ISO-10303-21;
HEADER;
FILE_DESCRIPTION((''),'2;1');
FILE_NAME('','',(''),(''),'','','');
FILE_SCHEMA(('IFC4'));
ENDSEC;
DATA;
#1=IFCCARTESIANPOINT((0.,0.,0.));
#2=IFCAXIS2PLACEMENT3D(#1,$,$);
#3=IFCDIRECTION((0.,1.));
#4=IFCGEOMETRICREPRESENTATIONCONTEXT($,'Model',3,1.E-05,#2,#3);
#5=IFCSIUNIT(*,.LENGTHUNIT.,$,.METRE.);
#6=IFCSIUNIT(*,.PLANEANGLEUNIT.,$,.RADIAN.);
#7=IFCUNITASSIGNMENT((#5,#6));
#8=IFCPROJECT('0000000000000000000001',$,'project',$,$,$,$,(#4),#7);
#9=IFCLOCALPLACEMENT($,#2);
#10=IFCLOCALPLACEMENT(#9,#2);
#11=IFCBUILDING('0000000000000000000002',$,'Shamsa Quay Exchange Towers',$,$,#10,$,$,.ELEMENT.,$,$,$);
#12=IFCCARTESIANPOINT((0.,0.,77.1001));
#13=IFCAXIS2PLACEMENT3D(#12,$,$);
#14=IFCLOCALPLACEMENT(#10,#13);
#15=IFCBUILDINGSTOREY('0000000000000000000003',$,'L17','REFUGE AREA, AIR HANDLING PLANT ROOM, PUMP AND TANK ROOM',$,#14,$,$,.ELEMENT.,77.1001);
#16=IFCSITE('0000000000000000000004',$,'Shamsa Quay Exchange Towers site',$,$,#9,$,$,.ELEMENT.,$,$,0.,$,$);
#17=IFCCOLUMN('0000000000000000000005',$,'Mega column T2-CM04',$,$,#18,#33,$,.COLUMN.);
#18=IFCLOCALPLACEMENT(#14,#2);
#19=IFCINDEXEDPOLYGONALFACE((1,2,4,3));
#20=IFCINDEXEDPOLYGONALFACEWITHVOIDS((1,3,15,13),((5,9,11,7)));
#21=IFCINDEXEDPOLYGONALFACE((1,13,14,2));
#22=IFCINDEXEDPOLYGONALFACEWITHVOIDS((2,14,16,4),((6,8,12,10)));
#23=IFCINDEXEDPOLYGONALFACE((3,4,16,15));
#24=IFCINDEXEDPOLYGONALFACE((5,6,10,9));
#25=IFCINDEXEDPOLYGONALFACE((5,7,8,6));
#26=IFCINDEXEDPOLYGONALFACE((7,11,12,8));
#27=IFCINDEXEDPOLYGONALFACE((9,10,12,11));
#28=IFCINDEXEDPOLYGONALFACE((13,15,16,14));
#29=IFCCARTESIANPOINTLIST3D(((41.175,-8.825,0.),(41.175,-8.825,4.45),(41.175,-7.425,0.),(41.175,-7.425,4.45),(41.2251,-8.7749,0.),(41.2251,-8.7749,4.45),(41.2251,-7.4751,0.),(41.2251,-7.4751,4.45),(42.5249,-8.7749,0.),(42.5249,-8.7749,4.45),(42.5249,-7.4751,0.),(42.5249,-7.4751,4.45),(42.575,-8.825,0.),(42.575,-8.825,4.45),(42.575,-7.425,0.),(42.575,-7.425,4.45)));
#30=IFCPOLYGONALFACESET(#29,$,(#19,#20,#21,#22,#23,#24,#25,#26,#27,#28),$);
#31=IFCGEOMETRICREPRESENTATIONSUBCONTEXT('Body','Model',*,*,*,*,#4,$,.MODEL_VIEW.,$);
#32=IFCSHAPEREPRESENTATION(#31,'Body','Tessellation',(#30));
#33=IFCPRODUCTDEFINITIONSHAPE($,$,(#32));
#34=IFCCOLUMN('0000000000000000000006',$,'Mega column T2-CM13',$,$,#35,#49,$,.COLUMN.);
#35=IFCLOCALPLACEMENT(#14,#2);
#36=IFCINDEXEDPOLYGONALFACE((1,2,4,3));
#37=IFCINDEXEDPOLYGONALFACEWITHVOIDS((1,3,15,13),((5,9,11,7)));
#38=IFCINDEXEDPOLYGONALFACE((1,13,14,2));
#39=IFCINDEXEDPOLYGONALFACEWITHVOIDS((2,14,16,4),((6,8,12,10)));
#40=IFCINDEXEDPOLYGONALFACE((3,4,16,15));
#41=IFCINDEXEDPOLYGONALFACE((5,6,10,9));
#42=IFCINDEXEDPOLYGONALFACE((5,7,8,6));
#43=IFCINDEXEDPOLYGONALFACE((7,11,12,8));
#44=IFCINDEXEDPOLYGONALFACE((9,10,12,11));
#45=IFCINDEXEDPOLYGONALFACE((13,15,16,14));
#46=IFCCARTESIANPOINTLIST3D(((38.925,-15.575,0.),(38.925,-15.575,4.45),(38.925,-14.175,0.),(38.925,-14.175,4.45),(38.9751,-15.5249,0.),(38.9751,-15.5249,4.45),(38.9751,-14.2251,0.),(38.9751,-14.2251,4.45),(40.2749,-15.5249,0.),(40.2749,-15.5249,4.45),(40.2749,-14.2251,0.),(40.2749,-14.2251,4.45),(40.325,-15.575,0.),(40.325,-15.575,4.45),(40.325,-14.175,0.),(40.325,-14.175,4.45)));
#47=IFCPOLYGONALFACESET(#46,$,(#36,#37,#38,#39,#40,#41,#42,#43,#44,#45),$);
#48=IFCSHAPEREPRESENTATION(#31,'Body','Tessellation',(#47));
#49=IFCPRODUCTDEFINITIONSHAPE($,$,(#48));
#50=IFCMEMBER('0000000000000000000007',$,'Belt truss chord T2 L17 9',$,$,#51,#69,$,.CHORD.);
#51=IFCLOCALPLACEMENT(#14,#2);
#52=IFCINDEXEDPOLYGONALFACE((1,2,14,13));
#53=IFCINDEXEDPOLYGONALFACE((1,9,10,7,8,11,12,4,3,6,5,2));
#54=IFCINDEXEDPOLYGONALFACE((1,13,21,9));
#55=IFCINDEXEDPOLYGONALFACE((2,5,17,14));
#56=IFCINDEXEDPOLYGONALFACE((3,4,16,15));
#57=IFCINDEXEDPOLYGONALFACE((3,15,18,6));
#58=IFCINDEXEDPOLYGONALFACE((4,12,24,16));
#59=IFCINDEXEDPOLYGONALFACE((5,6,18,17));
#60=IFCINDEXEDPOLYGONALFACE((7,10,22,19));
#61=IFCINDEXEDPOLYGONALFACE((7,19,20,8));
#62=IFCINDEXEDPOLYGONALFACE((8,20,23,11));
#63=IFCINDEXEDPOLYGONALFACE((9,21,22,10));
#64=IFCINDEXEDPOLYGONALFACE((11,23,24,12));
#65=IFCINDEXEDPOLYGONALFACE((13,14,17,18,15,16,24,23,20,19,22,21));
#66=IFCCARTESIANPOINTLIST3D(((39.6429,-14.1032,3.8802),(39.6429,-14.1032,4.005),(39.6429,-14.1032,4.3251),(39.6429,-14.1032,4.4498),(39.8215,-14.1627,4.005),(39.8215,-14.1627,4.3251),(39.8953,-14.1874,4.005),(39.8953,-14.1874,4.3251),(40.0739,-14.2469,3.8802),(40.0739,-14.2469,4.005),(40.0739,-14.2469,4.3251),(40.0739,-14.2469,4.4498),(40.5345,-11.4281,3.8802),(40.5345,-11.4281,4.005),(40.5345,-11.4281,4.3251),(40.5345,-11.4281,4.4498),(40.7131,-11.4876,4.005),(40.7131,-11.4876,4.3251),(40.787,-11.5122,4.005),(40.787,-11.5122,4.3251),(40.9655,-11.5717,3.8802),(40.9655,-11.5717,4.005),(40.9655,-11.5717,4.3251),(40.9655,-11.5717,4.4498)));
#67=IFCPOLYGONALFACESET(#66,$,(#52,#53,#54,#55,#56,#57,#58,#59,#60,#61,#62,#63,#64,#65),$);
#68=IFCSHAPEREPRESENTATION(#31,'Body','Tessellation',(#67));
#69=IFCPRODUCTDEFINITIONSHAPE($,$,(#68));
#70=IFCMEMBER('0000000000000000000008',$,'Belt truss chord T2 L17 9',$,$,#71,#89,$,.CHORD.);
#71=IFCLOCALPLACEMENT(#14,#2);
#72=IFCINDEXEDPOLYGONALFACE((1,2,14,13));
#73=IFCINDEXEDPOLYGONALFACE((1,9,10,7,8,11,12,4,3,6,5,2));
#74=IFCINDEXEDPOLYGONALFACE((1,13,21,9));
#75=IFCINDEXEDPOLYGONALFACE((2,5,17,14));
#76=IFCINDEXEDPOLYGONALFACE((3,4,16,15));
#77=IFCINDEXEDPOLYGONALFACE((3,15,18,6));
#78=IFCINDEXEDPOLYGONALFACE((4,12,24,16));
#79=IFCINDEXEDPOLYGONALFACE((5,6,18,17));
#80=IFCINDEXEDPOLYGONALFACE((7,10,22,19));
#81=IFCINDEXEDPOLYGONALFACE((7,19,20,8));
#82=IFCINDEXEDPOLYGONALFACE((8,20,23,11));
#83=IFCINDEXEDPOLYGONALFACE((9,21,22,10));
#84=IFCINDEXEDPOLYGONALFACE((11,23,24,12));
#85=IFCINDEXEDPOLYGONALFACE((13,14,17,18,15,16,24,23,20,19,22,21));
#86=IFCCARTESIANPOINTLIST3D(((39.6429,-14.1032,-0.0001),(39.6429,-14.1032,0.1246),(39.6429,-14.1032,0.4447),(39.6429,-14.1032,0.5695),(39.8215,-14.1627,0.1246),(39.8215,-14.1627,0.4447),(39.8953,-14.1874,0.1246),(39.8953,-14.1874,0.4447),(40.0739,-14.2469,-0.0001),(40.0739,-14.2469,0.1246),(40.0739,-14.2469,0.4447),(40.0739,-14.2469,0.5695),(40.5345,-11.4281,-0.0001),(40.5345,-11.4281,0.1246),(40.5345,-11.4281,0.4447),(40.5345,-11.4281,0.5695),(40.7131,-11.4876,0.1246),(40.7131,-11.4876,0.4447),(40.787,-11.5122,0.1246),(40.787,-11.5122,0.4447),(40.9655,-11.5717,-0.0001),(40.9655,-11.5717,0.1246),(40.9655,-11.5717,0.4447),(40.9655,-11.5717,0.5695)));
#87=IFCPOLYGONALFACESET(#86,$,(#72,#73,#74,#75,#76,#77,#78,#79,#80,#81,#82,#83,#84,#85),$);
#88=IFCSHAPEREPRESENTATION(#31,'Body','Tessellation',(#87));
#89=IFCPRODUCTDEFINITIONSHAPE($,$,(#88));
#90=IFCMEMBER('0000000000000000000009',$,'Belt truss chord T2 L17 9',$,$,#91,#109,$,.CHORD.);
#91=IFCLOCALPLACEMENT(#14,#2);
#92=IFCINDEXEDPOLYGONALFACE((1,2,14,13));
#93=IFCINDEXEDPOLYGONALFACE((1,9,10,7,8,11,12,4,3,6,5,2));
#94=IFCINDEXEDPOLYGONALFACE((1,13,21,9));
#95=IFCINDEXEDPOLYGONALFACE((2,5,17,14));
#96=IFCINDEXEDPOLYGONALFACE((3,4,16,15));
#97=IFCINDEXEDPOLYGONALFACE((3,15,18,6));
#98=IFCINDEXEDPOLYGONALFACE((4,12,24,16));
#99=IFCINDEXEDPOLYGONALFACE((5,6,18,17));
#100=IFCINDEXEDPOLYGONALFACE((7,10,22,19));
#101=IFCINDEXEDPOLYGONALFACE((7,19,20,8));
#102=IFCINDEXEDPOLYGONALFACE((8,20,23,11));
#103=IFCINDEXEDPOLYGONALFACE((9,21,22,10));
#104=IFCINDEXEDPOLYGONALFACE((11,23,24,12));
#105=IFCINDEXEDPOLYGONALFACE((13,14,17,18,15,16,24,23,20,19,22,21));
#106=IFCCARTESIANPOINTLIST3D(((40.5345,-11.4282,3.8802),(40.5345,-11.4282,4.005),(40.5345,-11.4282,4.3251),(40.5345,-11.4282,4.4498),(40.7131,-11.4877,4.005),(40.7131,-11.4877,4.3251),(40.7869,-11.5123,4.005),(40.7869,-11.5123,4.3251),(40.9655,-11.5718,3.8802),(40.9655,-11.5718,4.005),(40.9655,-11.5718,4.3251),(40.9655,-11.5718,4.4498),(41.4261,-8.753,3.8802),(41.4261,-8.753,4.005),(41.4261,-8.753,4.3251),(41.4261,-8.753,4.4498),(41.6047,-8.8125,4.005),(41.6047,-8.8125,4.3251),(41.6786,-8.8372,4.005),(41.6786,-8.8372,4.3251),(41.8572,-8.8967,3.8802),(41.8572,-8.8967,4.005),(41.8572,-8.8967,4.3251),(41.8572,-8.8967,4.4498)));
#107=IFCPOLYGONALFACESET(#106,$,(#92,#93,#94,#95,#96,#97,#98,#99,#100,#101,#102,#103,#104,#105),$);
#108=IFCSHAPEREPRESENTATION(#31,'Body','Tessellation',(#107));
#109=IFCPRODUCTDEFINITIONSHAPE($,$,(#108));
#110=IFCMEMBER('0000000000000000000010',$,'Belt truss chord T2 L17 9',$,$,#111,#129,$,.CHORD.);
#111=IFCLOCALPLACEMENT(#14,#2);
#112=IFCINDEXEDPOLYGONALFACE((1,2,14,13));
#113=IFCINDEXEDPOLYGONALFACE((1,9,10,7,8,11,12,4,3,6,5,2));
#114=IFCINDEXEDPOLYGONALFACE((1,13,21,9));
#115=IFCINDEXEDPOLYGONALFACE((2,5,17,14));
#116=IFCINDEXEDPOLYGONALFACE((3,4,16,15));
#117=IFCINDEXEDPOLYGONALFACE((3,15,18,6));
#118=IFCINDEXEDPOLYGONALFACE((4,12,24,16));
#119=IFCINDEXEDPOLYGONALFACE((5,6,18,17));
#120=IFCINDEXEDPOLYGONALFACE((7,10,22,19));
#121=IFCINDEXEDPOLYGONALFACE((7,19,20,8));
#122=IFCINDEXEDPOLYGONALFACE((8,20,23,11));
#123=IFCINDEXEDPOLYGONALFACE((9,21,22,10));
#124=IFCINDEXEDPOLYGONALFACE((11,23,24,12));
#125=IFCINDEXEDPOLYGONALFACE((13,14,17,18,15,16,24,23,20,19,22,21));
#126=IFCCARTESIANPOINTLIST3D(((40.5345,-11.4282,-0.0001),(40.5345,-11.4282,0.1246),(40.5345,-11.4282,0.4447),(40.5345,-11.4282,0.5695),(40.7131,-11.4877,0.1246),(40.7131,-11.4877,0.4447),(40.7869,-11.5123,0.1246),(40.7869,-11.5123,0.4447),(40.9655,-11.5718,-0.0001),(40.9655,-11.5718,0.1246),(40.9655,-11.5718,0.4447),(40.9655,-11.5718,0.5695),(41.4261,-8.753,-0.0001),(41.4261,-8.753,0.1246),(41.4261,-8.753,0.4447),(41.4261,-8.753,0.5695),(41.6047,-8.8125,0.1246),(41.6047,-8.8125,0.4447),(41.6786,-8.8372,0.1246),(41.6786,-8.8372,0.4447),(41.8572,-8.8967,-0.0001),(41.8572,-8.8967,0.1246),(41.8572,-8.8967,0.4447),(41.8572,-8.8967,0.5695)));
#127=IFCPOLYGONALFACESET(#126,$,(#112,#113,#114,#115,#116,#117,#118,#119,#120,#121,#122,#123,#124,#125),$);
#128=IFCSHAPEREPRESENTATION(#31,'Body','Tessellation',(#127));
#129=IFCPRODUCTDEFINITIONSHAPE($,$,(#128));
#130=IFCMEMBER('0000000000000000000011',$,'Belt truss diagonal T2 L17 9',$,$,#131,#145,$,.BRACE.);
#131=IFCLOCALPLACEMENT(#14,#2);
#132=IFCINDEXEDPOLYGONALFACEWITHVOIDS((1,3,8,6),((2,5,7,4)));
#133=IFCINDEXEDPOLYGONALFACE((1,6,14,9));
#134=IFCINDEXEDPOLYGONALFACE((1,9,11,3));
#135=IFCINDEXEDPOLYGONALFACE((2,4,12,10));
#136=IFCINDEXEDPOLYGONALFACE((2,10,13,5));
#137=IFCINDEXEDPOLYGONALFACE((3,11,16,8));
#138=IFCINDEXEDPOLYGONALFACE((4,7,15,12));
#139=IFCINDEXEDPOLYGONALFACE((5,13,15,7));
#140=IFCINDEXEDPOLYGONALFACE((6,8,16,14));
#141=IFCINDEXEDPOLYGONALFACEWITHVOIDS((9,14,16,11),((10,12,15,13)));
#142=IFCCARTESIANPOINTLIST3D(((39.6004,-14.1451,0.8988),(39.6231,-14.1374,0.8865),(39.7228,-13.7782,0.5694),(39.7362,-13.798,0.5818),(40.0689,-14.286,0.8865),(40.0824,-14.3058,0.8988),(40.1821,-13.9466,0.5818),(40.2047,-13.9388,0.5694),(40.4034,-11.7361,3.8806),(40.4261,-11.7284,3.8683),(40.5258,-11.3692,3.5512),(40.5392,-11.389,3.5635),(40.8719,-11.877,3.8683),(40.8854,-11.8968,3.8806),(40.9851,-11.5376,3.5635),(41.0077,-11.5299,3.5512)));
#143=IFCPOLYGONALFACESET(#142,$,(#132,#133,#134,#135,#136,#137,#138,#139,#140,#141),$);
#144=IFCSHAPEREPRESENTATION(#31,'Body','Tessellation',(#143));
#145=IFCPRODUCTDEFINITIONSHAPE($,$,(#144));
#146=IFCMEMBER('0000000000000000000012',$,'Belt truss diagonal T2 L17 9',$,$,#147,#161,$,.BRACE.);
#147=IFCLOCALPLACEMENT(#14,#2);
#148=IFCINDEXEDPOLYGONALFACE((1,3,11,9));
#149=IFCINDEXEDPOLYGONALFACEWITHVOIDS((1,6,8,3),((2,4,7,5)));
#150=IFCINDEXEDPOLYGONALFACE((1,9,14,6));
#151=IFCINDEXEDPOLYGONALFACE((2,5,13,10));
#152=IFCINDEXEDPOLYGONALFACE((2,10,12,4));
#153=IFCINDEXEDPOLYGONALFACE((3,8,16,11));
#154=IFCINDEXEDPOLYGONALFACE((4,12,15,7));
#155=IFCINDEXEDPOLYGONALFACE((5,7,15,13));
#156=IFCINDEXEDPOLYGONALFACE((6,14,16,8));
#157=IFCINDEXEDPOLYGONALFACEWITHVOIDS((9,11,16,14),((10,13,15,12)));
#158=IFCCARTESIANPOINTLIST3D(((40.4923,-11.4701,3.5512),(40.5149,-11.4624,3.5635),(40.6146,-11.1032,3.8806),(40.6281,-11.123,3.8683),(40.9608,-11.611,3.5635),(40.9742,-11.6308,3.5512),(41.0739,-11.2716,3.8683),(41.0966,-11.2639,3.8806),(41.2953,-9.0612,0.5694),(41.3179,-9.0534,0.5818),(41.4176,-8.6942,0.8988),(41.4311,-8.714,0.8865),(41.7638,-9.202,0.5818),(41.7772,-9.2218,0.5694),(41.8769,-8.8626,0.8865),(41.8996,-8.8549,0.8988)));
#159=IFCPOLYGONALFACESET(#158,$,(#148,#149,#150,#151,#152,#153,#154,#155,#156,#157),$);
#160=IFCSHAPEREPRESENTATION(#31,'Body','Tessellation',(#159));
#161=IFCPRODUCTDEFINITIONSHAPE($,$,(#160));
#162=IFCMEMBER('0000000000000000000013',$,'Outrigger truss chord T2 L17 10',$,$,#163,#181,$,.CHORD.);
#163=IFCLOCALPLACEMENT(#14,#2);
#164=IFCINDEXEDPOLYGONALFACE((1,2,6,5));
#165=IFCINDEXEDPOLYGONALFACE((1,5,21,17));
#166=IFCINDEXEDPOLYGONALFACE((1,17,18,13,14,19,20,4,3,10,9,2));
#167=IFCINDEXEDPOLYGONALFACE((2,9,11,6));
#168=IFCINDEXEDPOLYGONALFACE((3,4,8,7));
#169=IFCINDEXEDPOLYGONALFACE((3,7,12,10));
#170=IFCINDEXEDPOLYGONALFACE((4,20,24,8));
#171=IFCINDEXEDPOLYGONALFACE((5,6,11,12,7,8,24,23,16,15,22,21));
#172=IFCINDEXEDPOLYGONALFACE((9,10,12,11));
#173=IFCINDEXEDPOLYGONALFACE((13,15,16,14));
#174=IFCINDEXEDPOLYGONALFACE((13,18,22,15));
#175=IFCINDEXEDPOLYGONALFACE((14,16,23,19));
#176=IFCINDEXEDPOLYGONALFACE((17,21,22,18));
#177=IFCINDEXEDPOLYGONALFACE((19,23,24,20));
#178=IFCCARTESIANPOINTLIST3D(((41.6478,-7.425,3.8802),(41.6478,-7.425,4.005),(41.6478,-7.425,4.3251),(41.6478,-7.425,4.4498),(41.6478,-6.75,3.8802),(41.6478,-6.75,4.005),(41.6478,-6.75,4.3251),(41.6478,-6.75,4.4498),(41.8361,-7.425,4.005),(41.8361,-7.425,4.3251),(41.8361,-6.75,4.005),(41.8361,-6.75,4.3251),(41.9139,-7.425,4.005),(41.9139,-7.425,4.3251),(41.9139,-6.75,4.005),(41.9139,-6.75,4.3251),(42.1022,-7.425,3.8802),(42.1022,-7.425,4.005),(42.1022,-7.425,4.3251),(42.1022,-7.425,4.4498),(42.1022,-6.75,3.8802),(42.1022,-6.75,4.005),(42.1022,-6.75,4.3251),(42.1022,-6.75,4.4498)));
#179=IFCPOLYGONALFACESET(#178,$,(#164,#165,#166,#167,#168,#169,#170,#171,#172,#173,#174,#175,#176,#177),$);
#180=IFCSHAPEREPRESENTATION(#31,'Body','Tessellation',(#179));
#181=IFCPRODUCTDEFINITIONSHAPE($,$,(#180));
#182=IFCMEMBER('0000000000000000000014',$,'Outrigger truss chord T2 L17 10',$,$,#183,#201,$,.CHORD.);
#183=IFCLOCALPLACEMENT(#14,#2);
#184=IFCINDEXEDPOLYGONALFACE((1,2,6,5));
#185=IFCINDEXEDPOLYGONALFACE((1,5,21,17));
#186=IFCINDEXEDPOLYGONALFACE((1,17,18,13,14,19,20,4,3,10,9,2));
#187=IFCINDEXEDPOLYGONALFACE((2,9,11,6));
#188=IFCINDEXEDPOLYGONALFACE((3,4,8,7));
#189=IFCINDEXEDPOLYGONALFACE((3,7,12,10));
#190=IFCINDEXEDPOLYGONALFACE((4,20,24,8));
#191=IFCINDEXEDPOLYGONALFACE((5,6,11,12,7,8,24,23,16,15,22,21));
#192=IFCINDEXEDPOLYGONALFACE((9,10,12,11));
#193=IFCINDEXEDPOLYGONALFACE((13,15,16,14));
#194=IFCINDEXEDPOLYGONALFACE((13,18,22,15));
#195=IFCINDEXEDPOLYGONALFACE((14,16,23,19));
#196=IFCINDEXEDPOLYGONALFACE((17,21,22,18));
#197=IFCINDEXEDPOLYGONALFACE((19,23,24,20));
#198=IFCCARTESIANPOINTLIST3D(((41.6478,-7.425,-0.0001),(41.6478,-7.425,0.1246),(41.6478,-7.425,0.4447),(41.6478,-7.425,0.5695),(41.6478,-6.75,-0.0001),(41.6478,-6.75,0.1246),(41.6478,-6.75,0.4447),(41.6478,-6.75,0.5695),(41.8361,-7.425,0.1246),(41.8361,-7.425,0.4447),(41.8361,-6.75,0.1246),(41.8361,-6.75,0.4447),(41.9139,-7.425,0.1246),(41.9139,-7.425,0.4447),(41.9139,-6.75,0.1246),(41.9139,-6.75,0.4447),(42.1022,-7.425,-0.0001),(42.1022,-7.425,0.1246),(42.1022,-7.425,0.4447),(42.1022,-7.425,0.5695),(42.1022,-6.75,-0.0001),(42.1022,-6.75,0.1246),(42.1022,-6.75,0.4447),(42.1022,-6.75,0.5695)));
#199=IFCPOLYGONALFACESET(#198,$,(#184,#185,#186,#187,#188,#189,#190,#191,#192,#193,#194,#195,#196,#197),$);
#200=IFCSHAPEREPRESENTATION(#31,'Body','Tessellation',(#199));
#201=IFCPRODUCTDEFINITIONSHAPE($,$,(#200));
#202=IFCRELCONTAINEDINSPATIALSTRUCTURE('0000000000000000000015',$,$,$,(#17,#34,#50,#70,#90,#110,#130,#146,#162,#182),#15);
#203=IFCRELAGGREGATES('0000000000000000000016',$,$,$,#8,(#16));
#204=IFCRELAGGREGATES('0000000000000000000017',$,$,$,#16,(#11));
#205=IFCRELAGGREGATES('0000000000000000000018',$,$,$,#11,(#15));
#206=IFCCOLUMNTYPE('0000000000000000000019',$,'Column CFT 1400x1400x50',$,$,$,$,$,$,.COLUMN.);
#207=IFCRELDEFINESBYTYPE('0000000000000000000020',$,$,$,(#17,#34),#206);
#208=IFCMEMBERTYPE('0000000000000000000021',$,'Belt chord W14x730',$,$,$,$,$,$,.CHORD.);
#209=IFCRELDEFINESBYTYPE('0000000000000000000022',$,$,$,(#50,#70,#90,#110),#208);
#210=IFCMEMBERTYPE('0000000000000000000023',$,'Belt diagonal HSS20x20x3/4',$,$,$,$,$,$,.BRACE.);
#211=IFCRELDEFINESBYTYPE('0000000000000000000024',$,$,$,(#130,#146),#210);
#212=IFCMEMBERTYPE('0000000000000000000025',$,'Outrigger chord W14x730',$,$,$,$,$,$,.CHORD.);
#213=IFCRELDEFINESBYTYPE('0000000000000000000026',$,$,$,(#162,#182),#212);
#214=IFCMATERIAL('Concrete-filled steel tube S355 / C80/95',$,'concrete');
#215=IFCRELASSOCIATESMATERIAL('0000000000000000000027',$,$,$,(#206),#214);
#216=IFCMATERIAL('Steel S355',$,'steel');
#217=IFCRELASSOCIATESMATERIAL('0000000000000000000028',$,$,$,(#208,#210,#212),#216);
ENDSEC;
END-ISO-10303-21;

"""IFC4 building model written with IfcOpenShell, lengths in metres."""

from ifc_helpers import new_model, si_unit, direction, frame, origin, origin_2d, place, context, subcontext, project, spatial, hollow_rectangle, i_section, extrude, material, material_profile, profile_set, type_object, element, save


model = new_model("IFC4")

# Units and contexts
model_context = context("Model", 3, precision=1e-05, world=origin(), true_north=direction((0.0, 1.0)))
body_context = subcontext(model_context, "Body", "Model", "MODEL_VIEW")
ifc_project = project(units=[si_unit("LENGTHUNIT", "METRE"), si_unit("PLANEANGLEUNIT", "RADIAN")], contexts=[model_context])

# Site, building, storey
site_placement = place(None, origin())
site = spatial("IfcSite", under=ifc_project, at=site_placement, Name="Shamsa Quay Exchange Towers site", CompositionType="ELEMENT", RefElevation=0.0)
building_placement = place(site_placement, origin())
building = spatial("IfcBuilding", under=site, at=building_placement, Name="Shamsa Quay Exchange Towers", CompositionType="ELEMENT")
storey_placement = place(building_placement, frame((0.0, 0.0, 77.1001)))
storey = spatial("IfcBuildingStorey", under=building, at=storey_placement, Name="L17", Description="REFUGE AREA, AIR HANDLING PLANT ROOM, PUMP AND TANK ROOM", CompositionType="ELEMENT", Elevation=77.1001)

# Columns
ifc_material_1 = material(Name="Concrete-filled steel tube S355 / C80/95", Category="concrete")
ifc_material_profile_1 = material_profile(ifc_material_1, hollow_rectangle(XDim=1.3999, YDim=1.3999, WallThickness=0.05, at=origin_2d()), Name="CFT 1400x1400x50")
ifc_profile_set_1 = profile_set([ifc_material_profile_1], Name="Concrete-filled steel tube S355 / C80/95")
column_type = type_object("IfcColumnType", Name="Column CFT 1400x1400x50", PredefinedType="COLUMN", material=ifc_profile_set_1)
for number, where, name in (
    (1, (41.875, -8.125, 0.0), "Mega column T2-CM04"),
    (2, (39.625, -14.875, 0.0), "Mega column T2-CM13"),
):
    element("IfcColumn", number, at=place(storey_placement, frame(where)), inside=storey, type_object=column_type, Name=name, PredefinedType="COLUMN", context=body_context, shape_type="SweptSolid", body=[
        extrude(hollow_rectangle(XDim=1.3999, YDim=1.3999, WallThickness=0.05, at=origin_2d()), origin(), (0.0, 0.0, 1.0), 4.45),
    ])

# Members
ifc_material_2 = material(Name="Steel S355", Category="steel")
ifc_material_profile_2 = material_profile(ifc_material_2, i_section(OverallWidth=0.4543, OverallDepth=0.5696, WebThickness=0.0779, FlangeThickness=0.1248, at=origin_2d()), Name="W14x730")
ifc_profile_set_2 = profile_set([ifc_material_profile_2], Name="Steel S355")
member_type_1 = type_object("IfcMemberType", Name="Belt chord W14x730", PredefinedType="CHORD", material=ifc_profile_set_2)
for number, where, z_axis, x_axis, name in (
    (3, (39.8584, -14.175, 4.165), (0.316202, 0.948692, 0.0), (-0.948692, 0.316202, 0.0), "Belt truss chord T2 L17 9"),
    (4, (39.8584, -14.175, 0.2847), (0.316202, 0.948692, 0.0), (-0.948692, 0.316202, 0.0), "Belt truss chord T2 L17 9"),
    (5, (40.75, -11.5, 4.165), (0.316202, 0.948692, 0.0), (-0.948692, 0.316202, 0.0), "Belt truss chord T2 L17 9"),
    (6, (40.75, -11.5, 0.2847), (0.316202, 0.948692, 0.0), (-0.948692, 0.316202, 0.0), "Belt truss chord T2 L17 9"),
):
    element("IfcMember", number, at=place(storey_placement, frame(where, z_axis=z_axis, x_axis=x_axis)), inside=storey, type_object=member_type_1, Name=name, PredefinedType="CHORD", context=body_context, shape_type="SweptSolid", body=[
        extrude(i_section(OverallWidth=0.4543, OverallDepth=0.5696, WebThickness=0.0779, FlangeThickness=0.1248, at=origin_2d()), origin(), (0.0, 0.0, 1.0), 2.8198),
    ])
ifc_material_profile_3 = material_profile(ifc_material_2, hollow_rectangle(XDim=0.5081, YDim=0.5081, WallThickness=0.019, at=origin_2d()), Name="HSS20x20x3/4")
ifc_profile_set_3 = profile_set([ifc_material_profile_3], Name="Steel S355")
member_type_2 = type_object("IfcMemberType", Name="Belt diagonal HSS20x20x3/4", PredefinedType="BRACE", material=ifc_profile_set_3)
for number, where, z_axis, x_axis, name in (
    (7, (39.9026, -14.042, 0.7341), (0.20503, 0.615089, 0.761334), (-0.948683, 0.316228, 0.0), "Belt truss diagonal T2 L17 9"),
    (8, (41.5974, -8.958, 0.7341), (-0.20503, -0.615089, 0.761334), (0.948683, -0.316228, 0.0), "Belt truss diagonal T2 L17 9"),
):
    element("IfcMember", number, at=place(storey_placement, frame(where, z_axis=z_axis, x_axis=x_axis)), inside=storey, type_object=member_type_2, Name=name, PredefinedType="BRACE", context=body_context, shape_type="SweptSolid", body=[
        extrude(hollow_rectangle(XDim=0.5081, YDim=0.5081, WallThickness=0.019, at=origin_2d()), origin(), (0.0, 0.0, 1.0), 3.9165),
    ])
ifc_material_profile_4 = material_profile(ifc_material_2, i_section(OverallWidth=0.4543, OverallDepth=0.5696, WebThickness=0.0779, FlangeThickness=0.1248, at=origin_2d()), Name="W14x730")
ifc_profile_set_4 = profile_set([ifc_material_profile_4], Name="Steel S355")
member_type_3 = type_object("IfcMemberType", Name="Outrigger chord W14x730", PredefinedType="CHORD", material=ifc_profile_set_4)
for number, where, z_axis, x_axis, name in (
    (9, (41.875, -7.425, 4.165), (0.0, 1.0, 0.0), (-1.0, 0.0, 0.0), "Outrigger truss chord T2 L17 10"),
    (10, (41.875, -7.425, 0.2847), (0.0, 1.0, 0.0), (-1.0, 0.0, 0.0), "Outrigger truss chord T2 L17 10"),
):
    element("IfcMember", number, at=place(storey_placement, frame(where, z_axis=z_axis, x_axis=x_axis)), inside=storey, type_object=member_type_3, Name=name, PredefinedType="CHORD", context=body_context, shape_type="SweptSolid", body=[
        extrude(i_section(OverallWidth=0.4543, OverallDepth=0.5696, WebThickness=0.0779, FlangeThickness=0.1248, at=origin_2d()), origin(), (0.0, 0.0, 1.0), 0.675),
    ])

save(model, "model.ifc")
